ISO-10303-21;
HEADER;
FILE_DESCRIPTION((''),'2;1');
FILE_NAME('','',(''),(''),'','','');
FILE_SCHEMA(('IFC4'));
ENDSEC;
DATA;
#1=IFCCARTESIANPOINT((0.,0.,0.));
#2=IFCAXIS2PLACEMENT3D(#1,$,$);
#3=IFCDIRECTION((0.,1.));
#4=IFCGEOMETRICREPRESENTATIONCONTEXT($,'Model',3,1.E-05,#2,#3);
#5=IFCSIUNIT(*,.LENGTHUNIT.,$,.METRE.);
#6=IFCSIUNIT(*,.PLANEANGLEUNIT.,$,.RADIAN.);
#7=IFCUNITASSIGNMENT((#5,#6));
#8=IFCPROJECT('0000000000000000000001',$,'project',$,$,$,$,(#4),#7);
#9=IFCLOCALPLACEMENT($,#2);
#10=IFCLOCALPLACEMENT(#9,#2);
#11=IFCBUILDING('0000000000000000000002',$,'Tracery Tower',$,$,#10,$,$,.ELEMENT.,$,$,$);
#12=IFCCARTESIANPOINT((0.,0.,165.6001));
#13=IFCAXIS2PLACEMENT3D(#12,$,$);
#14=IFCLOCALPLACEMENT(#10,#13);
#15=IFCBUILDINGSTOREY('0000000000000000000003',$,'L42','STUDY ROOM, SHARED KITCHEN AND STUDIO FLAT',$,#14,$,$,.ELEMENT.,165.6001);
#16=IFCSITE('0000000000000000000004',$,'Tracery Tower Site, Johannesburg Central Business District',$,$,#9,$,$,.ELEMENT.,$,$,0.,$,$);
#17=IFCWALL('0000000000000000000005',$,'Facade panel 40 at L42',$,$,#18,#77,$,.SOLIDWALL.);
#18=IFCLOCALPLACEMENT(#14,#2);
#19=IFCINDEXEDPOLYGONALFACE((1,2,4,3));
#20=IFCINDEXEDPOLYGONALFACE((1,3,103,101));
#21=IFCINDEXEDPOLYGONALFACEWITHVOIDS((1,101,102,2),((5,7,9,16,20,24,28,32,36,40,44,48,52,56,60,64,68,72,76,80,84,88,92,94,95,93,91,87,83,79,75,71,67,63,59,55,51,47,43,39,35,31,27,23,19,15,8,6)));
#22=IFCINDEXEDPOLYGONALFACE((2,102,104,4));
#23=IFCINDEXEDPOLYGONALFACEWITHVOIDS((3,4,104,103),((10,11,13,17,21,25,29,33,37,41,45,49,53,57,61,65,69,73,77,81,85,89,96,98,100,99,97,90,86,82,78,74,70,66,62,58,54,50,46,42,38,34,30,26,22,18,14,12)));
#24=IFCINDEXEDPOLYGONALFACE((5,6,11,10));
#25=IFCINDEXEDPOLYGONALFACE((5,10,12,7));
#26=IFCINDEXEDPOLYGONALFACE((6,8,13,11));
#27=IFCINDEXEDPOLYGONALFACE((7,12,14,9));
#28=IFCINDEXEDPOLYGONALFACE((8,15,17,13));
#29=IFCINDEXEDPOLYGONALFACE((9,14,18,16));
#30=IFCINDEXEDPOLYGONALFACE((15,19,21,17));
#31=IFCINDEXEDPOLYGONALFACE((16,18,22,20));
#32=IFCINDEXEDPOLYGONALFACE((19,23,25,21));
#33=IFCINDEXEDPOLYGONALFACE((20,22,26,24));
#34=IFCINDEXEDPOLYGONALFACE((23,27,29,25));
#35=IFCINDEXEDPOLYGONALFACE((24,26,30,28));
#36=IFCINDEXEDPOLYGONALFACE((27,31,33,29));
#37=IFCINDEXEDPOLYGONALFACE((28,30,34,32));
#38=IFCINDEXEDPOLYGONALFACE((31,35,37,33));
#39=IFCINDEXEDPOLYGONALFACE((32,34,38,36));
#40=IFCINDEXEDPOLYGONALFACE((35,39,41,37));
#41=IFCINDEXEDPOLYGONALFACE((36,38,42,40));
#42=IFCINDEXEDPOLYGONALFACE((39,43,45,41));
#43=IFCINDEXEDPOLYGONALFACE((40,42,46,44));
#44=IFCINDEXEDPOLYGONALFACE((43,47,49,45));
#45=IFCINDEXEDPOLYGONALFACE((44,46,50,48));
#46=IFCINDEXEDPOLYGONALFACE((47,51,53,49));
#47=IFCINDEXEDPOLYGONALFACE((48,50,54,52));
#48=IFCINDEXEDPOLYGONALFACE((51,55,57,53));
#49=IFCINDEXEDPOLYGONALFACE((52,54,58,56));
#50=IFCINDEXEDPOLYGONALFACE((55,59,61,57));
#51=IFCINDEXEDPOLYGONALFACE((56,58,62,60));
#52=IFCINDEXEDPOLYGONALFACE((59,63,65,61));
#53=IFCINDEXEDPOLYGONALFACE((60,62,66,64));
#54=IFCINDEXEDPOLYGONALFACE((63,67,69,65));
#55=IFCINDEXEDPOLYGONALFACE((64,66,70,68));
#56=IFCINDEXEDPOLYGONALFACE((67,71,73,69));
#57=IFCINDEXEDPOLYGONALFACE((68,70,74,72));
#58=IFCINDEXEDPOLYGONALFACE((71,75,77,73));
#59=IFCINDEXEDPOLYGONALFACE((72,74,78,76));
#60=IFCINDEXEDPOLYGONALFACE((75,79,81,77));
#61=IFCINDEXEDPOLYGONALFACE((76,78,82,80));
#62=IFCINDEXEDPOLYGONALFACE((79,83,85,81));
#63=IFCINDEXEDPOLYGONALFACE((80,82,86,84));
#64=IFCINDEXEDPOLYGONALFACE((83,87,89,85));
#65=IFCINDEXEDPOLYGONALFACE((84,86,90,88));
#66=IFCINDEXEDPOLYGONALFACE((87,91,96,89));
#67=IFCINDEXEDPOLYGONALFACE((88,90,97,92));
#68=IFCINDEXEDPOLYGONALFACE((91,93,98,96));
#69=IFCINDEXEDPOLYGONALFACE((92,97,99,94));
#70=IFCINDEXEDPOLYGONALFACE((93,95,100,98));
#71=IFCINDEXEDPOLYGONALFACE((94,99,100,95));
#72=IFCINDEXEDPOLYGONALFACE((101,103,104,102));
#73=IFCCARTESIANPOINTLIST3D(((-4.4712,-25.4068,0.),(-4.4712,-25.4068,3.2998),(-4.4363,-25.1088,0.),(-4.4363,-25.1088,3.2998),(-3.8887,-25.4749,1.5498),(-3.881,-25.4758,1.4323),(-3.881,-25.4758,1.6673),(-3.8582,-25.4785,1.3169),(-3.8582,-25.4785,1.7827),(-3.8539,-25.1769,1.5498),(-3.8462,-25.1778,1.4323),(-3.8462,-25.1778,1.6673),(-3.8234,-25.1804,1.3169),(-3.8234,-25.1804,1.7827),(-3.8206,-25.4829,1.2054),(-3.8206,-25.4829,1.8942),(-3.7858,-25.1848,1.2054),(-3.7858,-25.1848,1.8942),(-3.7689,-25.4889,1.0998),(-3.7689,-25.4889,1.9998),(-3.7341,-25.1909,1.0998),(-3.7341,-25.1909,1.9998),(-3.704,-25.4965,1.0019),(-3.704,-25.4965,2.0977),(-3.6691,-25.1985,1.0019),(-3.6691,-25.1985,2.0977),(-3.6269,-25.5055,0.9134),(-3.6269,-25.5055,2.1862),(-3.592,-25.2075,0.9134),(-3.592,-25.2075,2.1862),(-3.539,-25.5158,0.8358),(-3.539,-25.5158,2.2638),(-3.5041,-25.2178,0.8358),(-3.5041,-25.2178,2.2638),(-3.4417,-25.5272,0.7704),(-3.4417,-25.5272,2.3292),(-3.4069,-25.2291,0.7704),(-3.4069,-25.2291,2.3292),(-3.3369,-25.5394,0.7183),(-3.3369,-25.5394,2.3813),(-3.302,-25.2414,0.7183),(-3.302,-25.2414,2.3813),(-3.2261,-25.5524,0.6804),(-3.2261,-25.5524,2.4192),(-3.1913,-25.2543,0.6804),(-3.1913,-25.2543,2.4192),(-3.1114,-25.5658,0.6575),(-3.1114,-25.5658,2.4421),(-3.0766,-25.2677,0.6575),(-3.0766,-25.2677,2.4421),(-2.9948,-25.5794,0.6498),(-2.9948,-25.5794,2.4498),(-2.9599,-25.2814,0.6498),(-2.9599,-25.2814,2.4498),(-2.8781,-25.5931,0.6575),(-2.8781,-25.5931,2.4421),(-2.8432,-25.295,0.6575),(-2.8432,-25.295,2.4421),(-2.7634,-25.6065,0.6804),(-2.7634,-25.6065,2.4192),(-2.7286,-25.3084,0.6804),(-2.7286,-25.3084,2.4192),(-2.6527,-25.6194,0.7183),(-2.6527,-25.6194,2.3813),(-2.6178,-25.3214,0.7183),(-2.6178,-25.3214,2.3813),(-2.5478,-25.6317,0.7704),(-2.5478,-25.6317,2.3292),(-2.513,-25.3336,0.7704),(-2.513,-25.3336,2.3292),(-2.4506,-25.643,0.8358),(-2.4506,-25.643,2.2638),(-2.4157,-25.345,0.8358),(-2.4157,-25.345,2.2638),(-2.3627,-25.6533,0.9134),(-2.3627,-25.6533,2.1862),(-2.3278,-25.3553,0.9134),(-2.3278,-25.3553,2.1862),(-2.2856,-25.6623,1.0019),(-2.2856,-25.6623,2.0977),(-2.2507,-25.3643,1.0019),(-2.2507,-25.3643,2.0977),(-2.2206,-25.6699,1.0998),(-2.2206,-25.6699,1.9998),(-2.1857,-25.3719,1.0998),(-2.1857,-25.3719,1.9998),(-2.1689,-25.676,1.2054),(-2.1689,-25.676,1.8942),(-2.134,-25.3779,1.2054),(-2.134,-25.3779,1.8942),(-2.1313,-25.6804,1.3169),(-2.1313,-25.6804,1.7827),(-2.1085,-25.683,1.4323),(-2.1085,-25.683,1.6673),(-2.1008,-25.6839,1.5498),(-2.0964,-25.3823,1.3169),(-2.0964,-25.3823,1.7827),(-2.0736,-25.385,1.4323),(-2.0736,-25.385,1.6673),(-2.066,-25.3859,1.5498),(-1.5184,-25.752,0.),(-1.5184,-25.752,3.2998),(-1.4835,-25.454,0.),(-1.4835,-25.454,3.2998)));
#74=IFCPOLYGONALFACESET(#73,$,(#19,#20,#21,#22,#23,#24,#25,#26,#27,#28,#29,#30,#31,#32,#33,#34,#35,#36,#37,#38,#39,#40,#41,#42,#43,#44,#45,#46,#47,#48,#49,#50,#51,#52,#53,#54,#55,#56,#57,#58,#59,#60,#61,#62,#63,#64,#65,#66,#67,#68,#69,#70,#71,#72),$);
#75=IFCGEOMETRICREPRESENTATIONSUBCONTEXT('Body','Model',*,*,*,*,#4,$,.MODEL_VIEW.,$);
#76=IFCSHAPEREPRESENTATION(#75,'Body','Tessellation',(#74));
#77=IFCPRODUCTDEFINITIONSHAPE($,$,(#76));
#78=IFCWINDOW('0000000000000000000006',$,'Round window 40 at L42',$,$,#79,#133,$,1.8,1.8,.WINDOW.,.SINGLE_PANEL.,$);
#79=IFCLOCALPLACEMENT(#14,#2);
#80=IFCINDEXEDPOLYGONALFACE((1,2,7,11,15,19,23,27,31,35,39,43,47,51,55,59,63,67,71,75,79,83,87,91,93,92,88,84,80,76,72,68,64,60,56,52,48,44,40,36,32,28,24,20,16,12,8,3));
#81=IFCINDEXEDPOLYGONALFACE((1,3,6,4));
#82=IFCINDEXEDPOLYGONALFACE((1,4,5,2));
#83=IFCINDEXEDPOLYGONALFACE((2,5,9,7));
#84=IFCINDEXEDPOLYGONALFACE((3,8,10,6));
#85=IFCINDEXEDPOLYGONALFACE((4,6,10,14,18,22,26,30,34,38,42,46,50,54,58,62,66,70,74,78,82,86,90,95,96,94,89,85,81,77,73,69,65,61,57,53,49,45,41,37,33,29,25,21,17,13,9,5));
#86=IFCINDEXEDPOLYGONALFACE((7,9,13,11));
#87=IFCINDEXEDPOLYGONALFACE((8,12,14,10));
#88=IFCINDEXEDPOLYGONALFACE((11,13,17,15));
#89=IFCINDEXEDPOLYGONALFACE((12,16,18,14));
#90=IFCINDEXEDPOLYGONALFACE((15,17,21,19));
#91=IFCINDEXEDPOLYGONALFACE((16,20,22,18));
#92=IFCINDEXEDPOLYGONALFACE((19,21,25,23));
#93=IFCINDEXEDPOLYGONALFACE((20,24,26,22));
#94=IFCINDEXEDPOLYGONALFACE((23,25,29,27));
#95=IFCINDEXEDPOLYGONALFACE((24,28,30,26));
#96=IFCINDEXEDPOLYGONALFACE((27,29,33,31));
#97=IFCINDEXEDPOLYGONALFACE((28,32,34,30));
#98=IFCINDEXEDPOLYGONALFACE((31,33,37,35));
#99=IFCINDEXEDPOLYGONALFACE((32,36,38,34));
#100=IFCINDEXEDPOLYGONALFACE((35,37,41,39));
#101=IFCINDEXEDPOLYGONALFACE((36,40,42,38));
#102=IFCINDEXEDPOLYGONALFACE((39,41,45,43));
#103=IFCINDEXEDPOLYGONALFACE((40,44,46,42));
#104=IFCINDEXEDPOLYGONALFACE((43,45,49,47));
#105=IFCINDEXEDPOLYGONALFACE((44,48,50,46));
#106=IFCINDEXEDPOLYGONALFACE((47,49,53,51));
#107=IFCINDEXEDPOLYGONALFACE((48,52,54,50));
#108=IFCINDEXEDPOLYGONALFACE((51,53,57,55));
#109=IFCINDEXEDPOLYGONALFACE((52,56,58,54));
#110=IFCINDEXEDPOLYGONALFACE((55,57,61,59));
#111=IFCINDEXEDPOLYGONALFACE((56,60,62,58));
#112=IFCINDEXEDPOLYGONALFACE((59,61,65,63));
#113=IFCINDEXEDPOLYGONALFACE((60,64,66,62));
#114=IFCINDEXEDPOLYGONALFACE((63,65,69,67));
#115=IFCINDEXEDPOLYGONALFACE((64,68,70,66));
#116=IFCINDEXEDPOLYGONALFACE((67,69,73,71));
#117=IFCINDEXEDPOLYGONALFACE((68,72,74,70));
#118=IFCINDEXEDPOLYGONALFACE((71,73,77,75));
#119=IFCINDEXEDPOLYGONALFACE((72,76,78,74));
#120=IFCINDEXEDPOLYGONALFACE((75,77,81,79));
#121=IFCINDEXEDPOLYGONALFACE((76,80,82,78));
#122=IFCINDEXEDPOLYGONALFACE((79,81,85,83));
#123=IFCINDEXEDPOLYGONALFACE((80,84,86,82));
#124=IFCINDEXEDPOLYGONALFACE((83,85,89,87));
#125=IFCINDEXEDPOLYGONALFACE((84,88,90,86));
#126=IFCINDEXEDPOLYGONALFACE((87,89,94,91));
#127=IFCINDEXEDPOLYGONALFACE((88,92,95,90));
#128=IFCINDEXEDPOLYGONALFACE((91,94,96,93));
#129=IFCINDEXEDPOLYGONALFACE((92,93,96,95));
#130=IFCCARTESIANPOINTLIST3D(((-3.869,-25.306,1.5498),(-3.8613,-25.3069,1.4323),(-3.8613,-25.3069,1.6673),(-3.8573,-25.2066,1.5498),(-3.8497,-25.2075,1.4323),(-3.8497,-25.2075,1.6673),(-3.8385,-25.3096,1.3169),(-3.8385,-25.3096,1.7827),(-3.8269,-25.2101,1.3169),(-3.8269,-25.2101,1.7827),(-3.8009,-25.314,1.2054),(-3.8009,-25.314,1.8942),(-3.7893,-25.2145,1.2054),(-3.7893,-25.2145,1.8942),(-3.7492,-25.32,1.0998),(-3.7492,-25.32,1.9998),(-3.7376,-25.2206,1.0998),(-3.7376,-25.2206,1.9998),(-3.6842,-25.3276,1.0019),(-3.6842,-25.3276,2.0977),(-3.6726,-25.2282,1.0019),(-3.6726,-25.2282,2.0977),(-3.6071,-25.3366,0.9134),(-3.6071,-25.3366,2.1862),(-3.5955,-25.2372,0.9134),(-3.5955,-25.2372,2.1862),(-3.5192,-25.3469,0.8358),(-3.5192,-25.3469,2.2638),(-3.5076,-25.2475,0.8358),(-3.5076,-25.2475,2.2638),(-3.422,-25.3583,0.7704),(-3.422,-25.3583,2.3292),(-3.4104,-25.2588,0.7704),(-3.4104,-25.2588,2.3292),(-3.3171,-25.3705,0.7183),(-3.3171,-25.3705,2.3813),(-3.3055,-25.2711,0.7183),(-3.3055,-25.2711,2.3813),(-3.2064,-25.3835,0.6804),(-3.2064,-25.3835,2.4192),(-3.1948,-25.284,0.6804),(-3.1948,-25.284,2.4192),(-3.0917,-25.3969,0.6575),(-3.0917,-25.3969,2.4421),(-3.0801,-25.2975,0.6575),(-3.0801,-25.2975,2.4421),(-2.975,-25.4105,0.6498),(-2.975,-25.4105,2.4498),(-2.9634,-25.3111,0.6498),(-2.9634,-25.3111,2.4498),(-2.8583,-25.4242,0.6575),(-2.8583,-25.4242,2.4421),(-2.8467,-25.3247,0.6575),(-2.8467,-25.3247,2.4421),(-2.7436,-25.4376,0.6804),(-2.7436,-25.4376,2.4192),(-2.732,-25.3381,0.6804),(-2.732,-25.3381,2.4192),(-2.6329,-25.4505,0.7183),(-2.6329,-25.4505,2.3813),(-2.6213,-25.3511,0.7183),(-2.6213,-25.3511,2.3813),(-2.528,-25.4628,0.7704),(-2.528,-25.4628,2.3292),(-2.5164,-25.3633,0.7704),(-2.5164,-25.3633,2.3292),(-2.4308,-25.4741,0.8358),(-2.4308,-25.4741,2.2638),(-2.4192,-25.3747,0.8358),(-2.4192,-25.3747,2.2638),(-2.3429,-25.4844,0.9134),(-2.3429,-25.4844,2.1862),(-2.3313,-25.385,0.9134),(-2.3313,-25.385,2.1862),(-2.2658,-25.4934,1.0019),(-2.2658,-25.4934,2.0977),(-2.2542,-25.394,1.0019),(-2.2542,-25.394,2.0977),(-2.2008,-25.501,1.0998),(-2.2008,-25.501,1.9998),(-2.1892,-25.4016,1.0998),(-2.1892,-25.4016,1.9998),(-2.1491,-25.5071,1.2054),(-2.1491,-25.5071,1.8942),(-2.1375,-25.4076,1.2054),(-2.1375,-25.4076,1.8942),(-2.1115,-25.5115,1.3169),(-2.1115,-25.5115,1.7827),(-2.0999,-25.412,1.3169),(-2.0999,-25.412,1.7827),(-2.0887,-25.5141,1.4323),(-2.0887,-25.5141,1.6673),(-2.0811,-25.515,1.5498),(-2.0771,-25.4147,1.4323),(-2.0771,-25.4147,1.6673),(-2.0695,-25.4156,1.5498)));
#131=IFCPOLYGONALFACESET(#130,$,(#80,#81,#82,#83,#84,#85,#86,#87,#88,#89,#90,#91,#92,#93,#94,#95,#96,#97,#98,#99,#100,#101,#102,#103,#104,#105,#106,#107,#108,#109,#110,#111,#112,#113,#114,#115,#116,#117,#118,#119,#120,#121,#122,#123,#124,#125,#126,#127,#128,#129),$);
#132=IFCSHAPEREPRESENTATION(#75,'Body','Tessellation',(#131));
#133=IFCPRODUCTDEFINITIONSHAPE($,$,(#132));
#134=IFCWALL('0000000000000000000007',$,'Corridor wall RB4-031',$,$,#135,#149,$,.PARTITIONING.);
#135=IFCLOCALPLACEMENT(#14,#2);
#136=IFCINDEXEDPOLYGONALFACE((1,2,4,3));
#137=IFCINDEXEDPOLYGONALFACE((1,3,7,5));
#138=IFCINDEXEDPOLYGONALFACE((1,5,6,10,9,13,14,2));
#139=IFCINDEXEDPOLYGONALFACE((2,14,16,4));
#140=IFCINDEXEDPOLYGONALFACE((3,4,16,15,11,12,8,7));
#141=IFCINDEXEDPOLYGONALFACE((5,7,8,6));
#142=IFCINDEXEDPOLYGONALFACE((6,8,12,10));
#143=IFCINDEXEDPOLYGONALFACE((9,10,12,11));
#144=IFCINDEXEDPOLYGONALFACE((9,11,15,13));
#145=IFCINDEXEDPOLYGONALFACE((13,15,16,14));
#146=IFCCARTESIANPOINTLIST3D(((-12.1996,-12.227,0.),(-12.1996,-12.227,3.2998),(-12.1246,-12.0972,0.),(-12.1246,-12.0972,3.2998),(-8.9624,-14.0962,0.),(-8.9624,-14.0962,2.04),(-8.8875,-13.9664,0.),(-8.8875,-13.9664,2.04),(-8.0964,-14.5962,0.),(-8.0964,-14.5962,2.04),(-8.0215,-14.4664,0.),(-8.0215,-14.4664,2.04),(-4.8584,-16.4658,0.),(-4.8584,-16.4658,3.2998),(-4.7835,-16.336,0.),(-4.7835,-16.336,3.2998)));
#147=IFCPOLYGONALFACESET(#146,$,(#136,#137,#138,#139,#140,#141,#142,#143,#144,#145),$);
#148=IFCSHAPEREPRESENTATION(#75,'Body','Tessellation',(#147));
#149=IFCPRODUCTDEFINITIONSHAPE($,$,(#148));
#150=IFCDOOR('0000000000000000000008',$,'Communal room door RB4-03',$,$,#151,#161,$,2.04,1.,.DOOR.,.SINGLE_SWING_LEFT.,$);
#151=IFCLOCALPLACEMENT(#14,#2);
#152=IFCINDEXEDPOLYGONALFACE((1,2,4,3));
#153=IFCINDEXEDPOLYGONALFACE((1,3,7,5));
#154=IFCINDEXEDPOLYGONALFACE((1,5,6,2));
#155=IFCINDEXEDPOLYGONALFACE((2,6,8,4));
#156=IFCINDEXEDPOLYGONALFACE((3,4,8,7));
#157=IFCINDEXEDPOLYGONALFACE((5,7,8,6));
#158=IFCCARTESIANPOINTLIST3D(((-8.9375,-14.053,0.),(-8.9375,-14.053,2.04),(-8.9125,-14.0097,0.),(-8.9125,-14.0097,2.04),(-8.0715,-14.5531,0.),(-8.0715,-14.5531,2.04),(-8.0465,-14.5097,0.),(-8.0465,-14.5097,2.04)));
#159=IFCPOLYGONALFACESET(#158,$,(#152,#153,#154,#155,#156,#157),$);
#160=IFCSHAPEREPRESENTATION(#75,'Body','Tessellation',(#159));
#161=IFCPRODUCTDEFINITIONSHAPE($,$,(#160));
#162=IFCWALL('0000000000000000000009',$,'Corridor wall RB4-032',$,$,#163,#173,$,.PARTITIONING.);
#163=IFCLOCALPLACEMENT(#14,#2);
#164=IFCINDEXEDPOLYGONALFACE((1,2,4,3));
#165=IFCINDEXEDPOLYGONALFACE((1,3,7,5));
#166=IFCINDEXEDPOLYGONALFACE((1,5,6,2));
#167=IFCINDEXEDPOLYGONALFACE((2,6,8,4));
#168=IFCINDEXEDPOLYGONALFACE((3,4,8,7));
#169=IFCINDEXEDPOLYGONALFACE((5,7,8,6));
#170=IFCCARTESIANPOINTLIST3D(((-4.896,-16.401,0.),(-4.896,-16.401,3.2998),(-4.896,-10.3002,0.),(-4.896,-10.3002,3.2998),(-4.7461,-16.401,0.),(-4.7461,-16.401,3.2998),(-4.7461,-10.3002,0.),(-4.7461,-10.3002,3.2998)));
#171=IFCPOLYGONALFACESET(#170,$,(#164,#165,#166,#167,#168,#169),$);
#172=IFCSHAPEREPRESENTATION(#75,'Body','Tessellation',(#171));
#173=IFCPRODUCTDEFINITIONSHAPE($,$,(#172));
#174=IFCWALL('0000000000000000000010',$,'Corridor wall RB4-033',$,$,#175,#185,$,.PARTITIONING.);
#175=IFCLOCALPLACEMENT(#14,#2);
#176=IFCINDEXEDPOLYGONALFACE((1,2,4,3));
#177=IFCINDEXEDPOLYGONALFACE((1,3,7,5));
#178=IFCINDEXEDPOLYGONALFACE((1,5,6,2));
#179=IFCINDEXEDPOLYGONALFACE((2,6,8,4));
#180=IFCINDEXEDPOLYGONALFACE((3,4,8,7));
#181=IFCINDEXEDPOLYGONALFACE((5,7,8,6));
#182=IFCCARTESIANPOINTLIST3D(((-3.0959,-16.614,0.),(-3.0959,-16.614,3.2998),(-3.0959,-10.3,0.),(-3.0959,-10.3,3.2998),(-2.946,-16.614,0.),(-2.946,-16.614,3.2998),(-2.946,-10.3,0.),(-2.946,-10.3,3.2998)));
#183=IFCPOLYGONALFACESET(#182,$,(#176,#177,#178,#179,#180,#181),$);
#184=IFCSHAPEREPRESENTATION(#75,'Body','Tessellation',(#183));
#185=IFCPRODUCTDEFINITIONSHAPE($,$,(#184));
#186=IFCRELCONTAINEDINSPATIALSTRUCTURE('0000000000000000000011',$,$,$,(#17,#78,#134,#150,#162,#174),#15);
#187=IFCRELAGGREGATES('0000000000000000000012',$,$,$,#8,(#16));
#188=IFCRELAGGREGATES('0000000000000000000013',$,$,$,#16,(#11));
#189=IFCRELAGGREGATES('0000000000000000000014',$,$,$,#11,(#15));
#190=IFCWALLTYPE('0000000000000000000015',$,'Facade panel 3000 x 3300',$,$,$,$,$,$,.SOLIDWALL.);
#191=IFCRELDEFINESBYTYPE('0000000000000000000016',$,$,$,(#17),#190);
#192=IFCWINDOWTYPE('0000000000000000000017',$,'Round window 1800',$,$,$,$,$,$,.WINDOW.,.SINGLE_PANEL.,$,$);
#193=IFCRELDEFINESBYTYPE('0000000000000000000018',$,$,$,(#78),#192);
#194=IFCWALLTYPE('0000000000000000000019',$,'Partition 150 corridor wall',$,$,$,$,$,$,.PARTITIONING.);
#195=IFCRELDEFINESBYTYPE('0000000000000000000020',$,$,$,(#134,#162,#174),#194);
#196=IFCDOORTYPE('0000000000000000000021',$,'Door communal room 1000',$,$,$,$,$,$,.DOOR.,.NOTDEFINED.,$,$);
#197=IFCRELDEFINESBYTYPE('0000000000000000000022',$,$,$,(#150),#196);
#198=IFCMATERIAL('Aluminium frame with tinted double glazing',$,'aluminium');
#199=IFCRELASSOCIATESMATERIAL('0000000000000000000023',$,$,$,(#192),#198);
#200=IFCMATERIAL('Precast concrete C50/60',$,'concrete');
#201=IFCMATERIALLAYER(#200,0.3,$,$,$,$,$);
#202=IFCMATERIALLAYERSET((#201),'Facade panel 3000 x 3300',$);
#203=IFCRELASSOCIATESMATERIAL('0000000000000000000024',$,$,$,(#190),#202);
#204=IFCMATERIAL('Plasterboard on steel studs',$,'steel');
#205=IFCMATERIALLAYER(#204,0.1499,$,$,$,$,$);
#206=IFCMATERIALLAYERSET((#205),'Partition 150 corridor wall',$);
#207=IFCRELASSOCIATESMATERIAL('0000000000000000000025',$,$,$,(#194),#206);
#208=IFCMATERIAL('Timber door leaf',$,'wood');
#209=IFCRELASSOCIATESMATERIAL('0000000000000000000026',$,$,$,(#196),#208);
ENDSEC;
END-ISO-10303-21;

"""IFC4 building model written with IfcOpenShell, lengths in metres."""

from ifc_helpers import new_model, si_unit, direction, frame, frame_2d, origin, origin_2d, place, context, subcontext, project, spatial, rectangle, circle, extrude, material, layer, layer_set, type_object, element, fill, save


model = new_model("IFC4")

# Units and contexts
model_context = context("Model", 3, precision=1e-05, world=origin(), true_north=direction((0.0, 1.0)))
body_context = subcontext(model_context, "Body", "Model", "MODEL_VIEW")
ifc_project = project(units=[si_unit("LENGTHUNIT", "METRE"), si_unit("PLANEANGLEUNIT", "RADIAN")], contexts=[model_context])

# Site, building, storey
site_placement = place(None, origin())
site = spatial("IfcSite", under=ifc_project, at=site_placement, Name="Tracery Tower Site, Johannesburg Central Business District", CompositionType="ELEMENT", RefElevation=0.0)
building_placement = place(site_placement, origin())
building = spatial("IfcBuilding", under=site, at=building_placement, Name="Tracery Tower", CompositionType="ELEMENT")
storey_placement = place(building_placement, frame((0.0, 0.0, 165.6001)))
storey = spatial("IfcBuildingStorey", under=building, at=storey_placement, Name="L42", Description="STUDY ROOM, SHARED KITCHEN AND STUDIO FLAT", CompositionType="ELEMENT", Elevation=165.6001)

# Wall, opening, window
ifc_material_1 = material(Name="Aluminium frame with tinted double glazing", Category="aluminium")
window_type = type_object("IfcWindowType", Name="Round window 1800", PartitioningType="SINGLE_PANEL", PredefinedType="WINDOW", material=ifc_material_1)
ifc_material_2 = material(Name="Precast concrete C50/60", Category="concrete")
ifc_layer_1 = layer(ifc_material_2, 0.3)
ifc_layer_set_1 = layer_set([ifc_layer_1], Name="Facade panel 3000 x 3300")
wall_type_1 = type_object("IfcWallType", Name="Facade panel 3000 x 3300", PredefinedType="SOLIDWALL", material=ifc_layer_set_1)
wall_1_placement = place(storey_placement, frame((-4.4536, -25.2578, 0.0), z_axis=(0.0, 0.0, 1.0), x_axis=(0.993236, -0.116117, 0.0)))
wall_1 = element("IfcWall", 1, at=wall_1_placement, inside=storey, type_object=wall_type_1, Name="Facade panel 40 at L42", PredefinedType="SOLIDWALL", context=body_context, shape_type="SweptSolid", body=[
    extrude(rectangle(XDim=2.9729, YDim=0.3, at=frame_2d((1.4863, 0.0))), origin(), (0.0, 0.0, 1.0), 3.2998),
])
opening_1_placement = place(wall_1_placement, frame((1.4863, 0.0, 1.5498)))
opening_1 = element("IfcOpeningElement", 2, at=opening_1_placement, cuts=wall_1, PredefinedType="OPENING", context=body_context, shape_type="SweptSolid", body=[
    extrude(circle(Radius=0.9, at=origin_2d()), frame((0.0, 0.1599, 0.0), z_axis=(0.0, -1.0, 0.0), x_axis=(1.0, 0.0, 0.0)), (0.0, 0.0, 1.0), 0.3201),
])
window_1_placement = place(opening_1_placement, origin())
window_1 = element("IfcWindow", 3, at=window_1_placement, inside=storey, type_object=window_type, Name="Round window 40 at L42", OverallHeight=1.8, OverallWidth=1.8, PartitioningType="SINGLE_PANEL", PredefinedType="WINDOW", context=body_context, shape_type="SweptSolid", body=[
    extrude(circle(Radius=0.9, at=origin_2d()), frame((0.0, 0.1201, 0.0), z_axis=(0.0, -1.0, 0.0), x_axis=(1.0, 0.0, 0.0)), (0.0, 0.0, 1.0), 0.1001),
])
fill(opening_1, window_1)

# Wall, opening, door
ifc_material_3 = material(Name="Plasterboard on steel studs", Category="steel")
ifc_layer_2 = layer(ifc_material_3, 0.1499)
ifc_layer_set_2 = layer_set([ifc_layer_2], Name="Partition 150 corridor wall")
wall_type_2 = type_object("IfcWallType", Name="Partition 150 corridor wall", PredefinedType="PARTITIONING", material=ifc_layer_set_2)
wall_2_placement = place(storey_placement, frame((-12.1621, -12.1621, 0.0), z_axis=(0.0, 0.0, 1.0), x_axis=(0.866005, -0.500036, 0.0)))
wall_2 = element("IfcWall", 4, at=wall_2_placement, inside=storey, type_object=wall_type_2, Name="Corridor wall RB4-031", PredefinedType="PARTITIONING", context=body_context, shape_type="SweptSolid", body=[
    extrude(rectangle(XDim=8.4771, YDim=0.1499, at=frame_2d((4.2385, 0.0))), origin(), (0.0, 0.0, 1.0), 3.2998),
])
opening_2_placement = place(wall_2_placement, frame((3.738, 0.0, 0.0)))
opening_2 = element("IfcOpeningElement", 5, at=opening_2_placement, cuts=wall_2, PredefinedType="OPENING", context=body_context, shape_type="SweptSolid", body=[
    extrude(rectangle(XDim=1.0, YDim=2.04, at=frame_2d((0.5, 1.02))), frame((0.0, 0.075, 0.0), z_axis=(0.0, -1.0, 0.0), x_axis=(1.0, 0.0, 0.0)), (0.0, 0.0, 1.0), 0.1499),
])
ifc_material_4 = material(Name="Timber door leaf", Category="wood")
door_type_1 = type_object("IfcDoorType", Name="Door communal room 1000", OperationType="NOTDEFINED", PredefinedType="DOOR", material=ifc_material_4)
door_1_placement = place(opening_2_placement, origin())
door_1 = element("IfcDoor", 6, at=door_1_placement, inside=storey, type_object=door_type_1, Name="Communal room door RB4-03", OperationType="SINGLE_SWING_LEFT", OverallHeight=2.04, OverallWidth=1.0, PredefinedType="DOOR", context=body_context, shape_type="SweptSolid", body=[
    extrude(rectangle(XDim=1.0, YDim=2.04, at=frame_2d((0.5, 1.02))), frame((0.0, 0.0249, 0.0), z_axis=(0.0, -1.0, 0.0), x_axis=(1.0, 0.0, 0.0)), (0.0, 0.0, 1.0), 0.05),
])
fill(opening_2, door_1)

# Walls
wall_3_placement = place(storey_placement, frame((-4.821, -16.4009, 0.0), z_axis=(0.0, 0.0, 1.0), x_axis=(0.0, 1.0, 0.0)))
element("IfcWall", 7, at=wall_3_placement, inside=storey, type_object=wall_type_2, Name="Corridor wall RB4-032", PredefinedType="PARTITIONING", context=body_context, shape_type="SweptSolid", body=[
    extrude(rectangle(XDim=6.1008, YDim=0.1499, at=frame_2d((3.0503, 0.0))), origin(), (0.0, 0.0, 1.0), 3.2998),
])
wall_4_placement = place(storey_placement, frame((-3.021, -16.614, 0.0), z_axis=(0.0, 0.0, 1.0), x_axis=(0.0, 1.0, 0.0)))
element("IfcWall", 8, at=wall_4_placement, inside=storey, type_object=wall_type_2, Name="Corridor wall RB4-033", PredefinedType="PARTITIONING", context=body_context, shape_type="SweptSolid", body=[
    extrude(rectangle(XDim=6.314, YDim=0.1499, at=frame_2d((3.157, 0.0))), origin(), (0.0, 0.0, 1.0), 3.2998),
])

save(model, "model.ifc")
